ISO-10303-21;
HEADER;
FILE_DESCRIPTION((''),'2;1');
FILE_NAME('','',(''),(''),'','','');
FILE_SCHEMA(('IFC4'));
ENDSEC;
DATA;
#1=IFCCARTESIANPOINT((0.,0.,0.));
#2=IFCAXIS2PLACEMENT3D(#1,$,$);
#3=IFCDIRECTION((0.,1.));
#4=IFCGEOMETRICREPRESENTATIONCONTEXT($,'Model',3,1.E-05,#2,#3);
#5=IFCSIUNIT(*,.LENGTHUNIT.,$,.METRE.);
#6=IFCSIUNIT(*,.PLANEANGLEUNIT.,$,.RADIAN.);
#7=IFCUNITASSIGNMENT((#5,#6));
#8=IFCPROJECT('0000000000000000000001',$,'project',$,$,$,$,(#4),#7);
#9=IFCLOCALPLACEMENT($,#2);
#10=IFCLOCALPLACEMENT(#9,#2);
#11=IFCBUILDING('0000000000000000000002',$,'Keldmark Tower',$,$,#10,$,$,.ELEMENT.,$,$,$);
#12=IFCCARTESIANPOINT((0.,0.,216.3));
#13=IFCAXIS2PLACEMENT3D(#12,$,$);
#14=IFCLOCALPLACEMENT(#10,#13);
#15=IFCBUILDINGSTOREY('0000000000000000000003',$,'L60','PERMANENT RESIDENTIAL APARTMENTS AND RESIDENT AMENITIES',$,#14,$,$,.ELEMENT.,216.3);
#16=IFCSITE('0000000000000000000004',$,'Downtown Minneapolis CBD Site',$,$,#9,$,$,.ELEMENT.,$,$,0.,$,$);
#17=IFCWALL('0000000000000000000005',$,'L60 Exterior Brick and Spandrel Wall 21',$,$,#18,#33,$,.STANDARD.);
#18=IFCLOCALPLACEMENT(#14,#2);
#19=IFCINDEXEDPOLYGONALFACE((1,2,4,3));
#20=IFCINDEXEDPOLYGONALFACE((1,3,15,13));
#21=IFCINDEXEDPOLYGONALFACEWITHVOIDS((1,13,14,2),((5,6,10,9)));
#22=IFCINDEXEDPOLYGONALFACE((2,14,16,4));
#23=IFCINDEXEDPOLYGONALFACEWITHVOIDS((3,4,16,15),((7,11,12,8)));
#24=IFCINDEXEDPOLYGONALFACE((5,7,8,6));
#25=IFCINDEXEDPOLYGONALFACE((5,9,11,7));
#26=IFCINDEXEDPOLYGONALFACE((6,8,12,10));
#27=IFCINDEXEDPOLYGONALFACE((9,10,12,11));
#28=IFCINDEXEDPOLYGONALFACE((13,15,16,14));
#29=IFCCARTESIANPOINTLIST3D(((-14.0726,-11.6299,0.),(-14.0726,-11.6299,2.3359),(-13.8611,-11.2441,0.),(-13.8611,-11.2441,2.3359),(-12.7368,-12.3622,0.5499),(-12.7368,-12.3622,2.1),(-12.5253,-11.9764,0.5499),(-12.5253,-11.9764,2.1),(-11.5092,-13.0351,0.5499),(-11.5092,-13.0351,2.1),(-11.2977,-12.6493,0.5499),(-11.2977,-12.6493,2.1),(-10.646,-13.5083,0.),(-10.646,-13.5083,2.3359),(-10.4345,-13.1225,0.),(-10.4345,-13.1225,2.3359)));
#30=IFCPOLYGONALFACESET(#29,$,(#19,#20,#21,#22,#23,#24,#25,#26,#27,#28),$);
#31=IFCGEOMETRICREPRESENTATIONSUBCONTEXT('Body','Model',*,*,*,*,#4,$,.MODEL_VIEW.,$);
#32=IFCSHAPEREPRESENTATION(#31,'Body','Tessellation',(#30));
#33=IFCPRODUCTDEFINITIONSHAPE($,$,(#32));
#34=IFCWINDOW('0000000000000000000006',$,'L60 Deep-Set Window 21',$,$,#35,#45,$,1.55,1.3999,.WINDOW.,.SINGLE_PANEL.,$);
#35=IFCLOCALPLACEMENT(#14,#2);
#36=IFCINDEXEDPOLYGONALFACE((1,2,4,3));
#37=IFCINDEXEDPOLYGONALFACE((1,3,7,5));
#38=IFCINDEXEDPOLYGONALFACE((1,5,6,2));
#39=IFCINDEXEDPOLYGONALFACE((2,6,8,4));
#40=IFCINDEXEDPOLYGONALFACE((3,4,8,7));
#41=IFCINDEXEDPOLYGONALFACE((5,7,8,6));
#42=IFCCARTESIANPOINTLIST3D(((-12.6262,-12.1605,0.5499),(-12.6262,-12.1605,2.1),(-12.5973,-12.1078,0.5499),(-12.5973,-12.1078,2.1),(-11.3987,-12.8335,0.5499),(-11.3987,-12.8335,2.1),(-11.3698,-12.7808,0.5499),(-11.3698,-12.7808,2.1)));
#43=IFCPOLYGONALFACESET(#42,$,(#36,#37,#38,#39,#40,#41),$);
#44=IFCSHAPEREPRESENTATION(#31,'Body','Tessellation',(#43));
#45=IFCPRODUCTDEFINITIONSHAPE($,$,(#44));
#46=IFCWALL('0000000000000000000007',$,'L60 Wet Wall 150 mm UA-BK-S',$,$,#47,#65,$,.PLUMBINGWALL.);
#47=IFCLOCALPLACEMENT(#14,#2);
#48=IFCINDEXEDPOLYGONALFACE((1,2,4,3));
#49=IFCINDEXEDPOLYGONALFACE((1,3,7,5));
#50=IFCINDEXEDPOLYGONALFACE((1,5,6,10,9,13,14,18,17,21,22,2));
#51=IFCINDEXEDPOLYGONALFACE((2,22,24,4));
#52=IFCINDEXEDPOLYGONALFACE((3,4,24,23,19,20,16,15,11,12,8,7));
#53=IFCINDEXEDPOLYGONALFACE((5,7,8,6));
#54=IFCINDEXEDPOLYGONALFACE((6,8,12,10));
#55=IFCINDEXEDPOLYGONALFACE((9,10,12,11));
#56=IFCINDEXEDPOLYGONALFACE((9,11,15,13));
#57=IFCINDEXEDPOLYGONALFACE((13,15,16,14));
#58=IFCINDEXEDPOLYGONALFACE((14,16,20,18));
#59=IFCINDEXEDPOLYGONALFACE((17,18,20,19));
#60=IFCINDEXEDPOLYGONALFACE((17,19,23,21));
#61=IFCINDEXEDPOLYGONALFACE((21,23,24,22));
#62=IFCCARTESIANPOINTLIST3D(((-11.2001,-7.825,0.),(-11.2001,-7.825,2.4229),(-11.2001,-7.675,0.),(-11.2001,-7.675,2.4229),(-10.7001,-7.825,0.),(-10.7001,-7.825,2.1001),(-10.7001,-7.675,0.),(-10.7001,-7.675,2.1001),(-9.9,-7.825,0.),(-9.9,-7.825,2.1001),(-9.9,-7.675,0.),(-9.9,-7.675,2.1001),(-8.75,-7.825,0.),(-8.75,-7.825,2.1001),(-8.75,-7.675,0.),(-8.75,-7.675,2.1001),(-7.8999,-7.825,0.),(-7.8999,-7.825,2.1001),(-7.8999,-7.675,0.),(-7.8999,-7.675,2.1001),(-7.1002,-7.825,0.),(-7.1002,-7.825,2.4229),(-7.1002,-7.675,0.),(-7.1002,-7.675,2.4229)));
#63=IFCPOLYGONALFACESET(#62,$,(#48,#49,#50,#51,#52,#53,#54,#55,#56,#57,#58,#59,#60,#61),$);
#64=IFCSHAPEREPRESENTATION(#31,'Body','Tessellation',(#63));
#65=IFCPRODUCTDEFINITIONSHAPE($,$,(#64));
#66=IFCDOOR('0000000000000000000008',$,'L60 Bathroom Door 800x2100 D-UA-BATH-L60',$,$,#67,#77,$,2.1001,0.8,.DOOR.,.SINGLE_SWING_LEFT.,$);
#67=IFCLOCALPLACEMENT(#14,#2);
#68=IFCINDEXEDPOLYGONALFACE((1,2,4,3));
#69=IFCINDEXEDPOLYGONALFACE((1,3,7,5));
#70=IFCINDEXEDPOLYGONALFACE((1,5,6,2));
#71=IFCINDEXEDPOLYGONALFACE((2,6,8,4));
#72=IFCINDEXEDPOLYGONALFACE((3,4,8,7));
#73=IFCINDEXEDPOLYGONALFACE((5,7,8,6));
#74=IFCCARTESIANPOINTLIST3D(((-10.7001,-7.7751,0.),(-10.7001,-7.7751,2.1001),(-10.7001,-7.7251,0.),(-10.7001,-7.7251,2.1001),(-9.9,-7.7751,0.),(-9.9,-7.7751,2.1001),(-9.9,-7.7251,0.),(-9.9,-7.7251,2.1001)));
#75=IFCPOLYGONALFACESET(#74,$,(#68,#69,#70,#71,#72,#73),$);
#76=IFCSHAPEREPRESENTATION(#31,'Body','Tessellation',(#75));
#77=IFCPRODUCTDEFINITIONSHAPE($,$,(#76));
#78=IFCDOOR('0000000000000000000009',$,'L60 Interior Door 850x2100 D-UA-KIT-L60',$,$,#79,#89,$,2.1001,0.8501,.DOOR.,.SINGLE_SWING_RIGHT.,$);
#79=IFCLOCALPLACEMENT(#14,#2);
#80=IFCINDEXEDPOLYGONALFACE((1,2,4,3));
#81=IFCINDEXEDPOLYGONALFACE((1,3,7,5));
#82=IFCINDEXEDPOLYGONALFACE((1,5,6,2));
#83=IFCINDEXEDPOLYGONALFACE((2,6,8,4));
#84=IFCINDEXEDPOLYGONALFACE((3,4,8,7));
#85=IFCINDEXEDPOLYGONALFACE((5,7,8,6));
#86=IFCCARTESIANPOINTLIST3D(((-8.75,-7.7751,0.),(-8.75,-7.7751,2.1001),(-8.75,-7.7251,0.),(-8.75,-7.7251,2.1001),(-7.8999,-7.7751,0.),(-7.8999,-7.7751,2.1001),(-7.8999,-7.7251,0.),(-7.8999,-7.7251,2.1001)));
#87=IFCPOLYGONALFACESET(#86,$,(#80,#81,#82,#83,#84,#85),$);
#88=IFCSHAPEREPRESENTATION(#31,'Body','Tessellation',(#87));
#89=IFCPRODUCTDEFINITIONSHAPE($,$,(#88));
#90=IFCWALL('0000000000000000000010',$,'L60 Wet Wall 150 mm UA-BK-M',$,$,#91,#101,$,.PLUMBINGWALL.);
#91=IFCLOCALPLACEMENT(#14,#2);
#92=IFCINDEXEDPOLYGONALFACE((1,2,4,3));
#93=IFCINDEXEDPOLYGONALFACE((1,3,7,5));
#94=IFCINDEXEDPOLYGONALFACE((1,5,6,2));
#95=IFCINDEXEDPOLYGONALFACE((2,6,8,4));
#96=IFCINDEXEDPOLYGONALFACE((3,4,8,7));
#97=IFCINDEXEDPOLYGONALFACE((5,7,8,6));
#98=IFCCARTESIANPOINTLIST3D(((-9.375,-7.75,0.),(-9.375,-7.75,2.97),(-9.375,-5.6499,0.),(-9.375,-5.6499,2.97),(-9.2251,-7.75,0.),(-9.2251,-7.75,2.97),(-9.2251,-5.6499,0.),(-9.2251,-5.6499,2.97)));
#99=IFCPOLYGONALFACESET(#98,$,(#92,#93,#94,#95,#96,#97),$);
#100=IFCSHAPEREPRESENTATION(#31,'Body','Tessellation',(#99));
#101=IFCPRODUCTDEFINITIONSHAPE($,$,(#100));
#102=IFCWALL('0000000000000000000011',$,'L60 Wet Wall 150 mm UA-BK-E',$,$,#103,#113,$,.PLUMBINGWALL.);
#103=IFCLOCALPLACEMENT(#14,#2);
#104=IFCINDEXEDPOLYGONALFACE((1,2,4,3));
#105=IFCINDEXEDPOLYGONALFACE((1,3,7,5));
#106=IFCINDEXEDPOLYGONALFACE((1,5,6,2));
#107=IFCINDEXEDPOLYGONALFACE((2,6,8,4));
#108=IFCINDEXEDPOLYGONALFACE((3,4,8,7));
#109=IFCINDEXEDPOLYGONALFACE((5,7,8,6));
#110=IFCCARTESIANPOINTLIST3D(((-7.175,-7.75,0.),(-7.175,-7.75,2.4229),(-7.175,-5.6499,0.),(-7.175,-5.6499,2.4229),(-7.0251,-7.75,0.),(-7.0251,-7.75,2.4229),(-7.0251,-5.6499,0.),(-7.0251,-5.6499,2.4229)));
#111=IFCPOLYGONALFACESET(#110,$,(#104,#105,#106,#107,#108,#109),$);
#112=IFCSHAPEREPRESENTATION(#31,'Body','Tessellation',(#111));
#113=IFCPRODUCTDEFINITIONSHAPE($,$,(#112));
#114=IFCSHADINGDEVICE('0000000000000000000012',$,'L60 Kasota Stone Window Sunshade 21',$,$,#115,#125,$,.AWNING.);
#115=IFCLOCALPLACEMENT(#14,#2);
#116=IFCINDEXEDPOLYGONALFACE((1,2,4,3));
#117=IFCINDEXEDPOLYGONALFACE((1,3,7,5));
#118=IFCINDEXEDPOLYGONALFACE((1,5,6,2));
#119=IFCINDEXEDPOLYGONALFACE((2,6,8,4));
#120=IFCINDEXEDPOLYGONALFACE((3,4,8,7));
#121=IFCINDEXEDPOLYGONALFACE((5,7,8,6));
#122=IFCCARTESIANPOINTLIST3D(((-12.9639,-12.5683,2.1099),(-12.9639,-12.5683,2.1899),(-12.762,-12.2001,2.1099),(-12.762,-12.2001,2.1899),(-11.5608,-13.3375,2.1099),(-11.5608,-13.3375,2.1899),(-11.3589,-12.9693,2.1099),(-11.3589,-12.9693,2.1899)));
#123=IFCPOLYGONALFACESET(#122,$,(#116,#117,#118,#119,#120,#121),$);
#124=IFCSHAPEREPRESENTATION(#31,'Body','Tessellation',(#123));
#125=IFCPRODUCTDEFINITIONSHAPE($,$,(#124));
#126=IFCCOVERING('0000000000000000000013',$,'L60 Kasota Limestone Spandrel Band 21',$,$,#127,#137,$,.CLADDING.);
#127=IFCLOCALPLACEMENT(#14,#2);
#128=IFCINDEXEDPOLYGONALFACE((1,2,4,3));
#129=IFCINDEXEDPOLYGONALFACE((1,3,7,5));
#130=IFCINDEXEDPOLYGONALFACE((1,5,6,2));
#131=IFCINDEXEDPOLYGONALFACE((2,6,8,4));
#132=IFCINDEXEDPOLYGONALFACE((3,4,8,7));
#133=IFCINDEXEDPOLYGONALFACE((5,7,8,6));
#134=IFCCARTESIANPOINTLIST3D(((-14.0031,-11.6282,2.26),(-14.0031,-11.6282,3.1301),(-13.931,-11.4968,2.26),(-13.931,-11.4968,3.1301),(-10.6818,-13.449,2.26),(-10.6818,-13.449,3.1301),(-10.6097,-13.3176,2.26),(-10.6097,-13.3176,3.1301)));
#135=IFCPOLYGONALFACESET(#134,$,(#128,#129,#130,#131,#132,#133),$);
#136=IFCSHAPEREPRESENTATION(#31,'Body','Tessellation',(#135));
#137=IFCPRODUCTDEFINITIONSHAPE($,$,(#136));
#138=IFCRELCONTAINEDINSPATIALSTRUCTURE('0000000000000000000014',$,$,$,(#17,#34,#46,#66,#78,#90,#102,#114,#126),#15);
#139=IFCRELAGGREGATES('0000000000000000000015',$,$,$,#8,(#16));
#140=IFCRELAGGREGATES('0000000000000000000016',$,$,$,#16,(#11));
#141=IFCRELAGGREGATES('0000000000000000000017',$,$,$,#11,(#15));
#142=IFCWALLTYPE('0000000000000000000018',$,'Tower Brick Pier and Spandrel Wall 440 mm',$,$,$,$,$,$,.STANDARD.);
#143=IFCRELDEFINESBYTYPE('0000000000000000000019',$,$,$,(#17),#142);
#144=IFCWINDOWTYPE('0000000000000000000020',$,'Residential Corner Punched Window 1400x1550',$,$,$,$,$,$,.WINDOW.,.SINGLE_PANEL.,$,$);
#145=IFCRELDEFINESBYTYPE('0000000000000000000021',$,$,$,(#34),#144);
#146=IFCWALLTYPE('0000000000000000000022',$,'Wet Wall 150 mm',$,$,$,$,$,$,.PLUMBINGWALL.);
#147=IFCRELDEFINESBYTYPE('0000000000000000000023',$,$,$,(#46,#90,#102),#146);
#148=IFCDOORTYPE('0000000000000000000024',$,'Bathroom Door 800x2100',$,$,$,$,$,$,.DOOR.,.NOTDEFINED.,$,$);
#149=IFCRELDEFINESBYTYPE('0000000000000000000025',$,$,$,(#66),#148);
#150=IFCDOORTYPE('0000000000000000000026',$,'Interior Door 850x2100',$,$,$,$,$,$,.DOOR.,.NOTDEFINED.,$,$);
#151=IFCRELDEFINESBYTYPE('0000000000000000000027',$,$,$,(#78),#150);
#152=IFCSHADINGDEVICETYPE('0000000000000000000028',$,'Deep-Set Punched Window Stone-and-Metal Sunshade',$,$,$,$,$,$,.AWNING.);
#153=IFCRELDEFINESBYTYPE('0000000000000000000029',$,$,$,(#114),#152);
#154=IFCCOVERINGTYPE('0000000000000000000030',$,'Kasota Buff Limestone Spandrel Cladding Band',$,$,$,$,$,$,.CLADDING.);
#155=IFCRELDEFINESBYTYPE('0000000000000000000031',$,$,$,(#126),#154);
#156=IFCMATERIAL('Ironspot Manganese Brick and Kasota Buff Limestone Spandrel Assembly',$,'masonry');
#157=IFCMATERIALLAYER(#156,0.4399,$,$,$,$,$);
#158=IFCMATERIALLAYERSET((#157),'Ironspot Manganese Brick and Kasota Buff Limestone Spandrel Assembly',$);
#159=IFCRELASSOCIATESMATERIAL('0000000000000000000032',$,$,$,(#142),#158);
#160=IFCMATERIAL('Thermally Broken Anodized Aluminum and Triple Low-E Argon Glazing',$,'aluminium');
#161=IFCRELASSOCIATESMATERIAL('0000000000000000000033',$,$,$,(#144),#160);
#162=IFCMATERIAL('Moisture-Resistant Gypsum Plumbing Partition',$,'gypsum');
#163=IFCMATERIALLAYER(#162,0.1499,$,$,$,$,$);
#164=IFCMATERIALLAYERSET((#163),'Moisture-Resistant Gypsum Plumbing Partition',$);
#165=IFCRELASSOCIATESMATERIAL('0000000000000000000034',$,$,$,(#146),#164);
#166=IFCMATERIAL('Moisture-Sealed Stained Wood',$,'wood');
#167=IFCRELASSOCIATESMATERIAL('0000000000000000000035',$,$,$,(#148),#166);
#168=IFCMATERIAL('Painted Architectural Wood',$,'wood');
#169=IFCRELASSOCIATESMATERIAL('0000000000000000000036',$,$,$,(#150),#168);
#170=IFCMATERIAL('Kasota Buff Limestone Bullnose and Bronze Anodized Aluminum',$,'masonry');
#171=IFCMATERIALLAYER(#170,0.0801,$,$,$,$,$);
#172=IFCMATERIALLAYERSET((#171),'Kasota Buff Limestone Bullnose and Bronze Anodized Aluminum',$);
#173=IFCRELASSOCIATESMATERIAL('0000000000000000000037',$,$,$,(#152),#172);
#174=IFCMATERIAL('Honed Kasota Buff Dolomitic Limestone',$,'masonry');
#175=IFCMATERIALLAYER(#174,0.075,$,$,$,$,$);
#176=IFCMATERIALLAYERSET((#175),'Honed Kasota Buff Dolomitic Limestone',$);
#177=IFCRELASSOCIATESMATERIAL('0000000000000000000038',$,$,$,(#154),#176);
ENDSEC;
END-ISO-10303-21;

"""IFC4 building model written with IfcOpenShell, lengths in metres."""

from ifc_helpers import new_model, si_unit, direction, frame, frame_2d, origin, origin_2d, place, context, subcontext, project, spatial, rectangle, extrude, material, layer, layer_set, type_object, element, fill, save


model = new_model("IFC4")

# Units and contexts
model_context = context("Model", 3, precision=1e-05, world=origin(), true_north=direction((0.0, 1.0)))
body_context = subcontext(model_context, "Body", "Model", "MODEL_VIEW")
ifc_project = project(units=[si_unit("LENGTHUNIT", "METRE"), si_unit("PLANEANGLEUNIT", "RADIAN")], contexts=[model_context])

# Site, building, storey
site_placement = place(None, origin())
site = spatial("IfcSite", under=ifc_project, at=site_placement, Name="Downtown Minneapolis CBD Site", CompositionType="ELEMENT", RefElevation=0.0)
building_placement = place(site_placement, origin())
building = spatial("IfcBuilding", under=site, at=building_placement, Name="Keldmark Tower", CompositionType="ELEMENT")
storey_placement = place(building_placement, frame((0.0, 0.0, 216.3)))
storey = spatial("IfcBuildingStorey", under=building, at=storey_placement, Name="L60", Description="PERMANENT RESIDENTIAL APARTMENTS AND RESIDENT AMENITIES", CompositionType="ELEMENT", Elevation=216.3)

# Wall, opening, window
ifc_material_1 = material(Name="Ironspot Manganese Brick and Kasota Buff Limestone Spandrel Assembly", Category="masonry")
ifc_layer_1 = layer(ifc_material_1, 0.4399)
ifc_layer_set_1 = layer_set([ifc_layer_1], Name="Ironspot Manganese Brick and Kasota Buff Limestone Spandrel Assembly")
wall_type_1 = type_object("IfcWallType", Name="Tower Brick Pier and Spandrel Wall 440 mm", PredefinedType="STANDARD", material=ifc_layer_set_1)
wall_1_placement = place(storey_placement, frame((-10.5403, -13.3154, 0.0), z_axis=(0.0, 0.0, 1.0), x_axis=(-0.876881, 0.480707, 0.0)))
wall_1 = element("IfcWall", 1, at=wall_1_placement, inside=storey, type_object=wall_type_1, Name="L60 Exterior Brick and Spandrel Wall 21", PredefinedType="STANDARD", context=body_context, shape_type="SweptSolid", body=[
    extrude(rectangle(XDim=3.9077, YDim=0.4399, at=frame_2d((1.9539, 0.0))), origin(), (0.0, 0.0, 1.0), 2.3359),
])
opening_1_placement = place(wall_1_placement, frame((0.9844, 0.0, 0.55)))
opening_1 = element("IfcOpeningElement", 2, at=opening_1_placement, cuts=wall_1, PredefinedType="OPENING", context=body_context, shape_type="SweptSolid", body=[
    extrude(rectangle(XDim=1.3999, YDim=1.55, at=frame_2d((0.7, 0.7749))), frame((0.0, 0.23, 0.0), z_axis=(0.0, -1.0, 0.0), x_axis=(1.0, 0.0, 0.0)), (0.0, 0.0, 1.0), 0.46),
])
ifc_material_2 = material(Name="Thermally Broken Anodized Aluminum and Triple Low-E Argon Glazing", Category="aluminium")
window_type = type_object("IfcWindowType", Name="Residential Corner Punched Window 1400x1550", PartitioningType="SINGLE_PANEL", PredefinedType="WINDOW", material=ifc_material_2)
window_placement = place(opening_1_placement, origin())
window = element("IfcWindow", 3, at=window_placement, inside=storey, type_object=window_type, Name="L60 Deep-Set Window 21", OverallHeight=1.55, OverallWidth=1.3999, PartitioningType="SINGLE_PANEL", PredefinedType="WINDOW", context=body_context, shape_type="SweptSolid", body=[
    extrude(rectangle(XDim=1.3999, YDim=1.55, at=frame_2d((0.7, 0.7749))), frame((0.0, -0.01, 0.0), z_axis=(0.0, -1.0, 0.0), x_axis=(1.0, 0.0, 0.0)), (0.0, 0.0, 1.0), 0.0601),
])
fill(opening_1, window)

# Wall, openings, doors
ifc_material_3 = material(Name="Moisture-Resistant Gypsum Plumbing Partition", Category="gypsum")
ifc_layer_2 = layer(ifc_material_3, 0.1499)
ifc_layer_set_2 = layer_set([ifc_layer_2], Name="Moisture-Resistant Gypsum Plumbing Partition")
wall_type_2 = type_object("IfcWallType", Name="Wet Wall 150 mm", PredefinedType="PLUMBINGWALL", material=ifc_layer_set_2)
wall_2_placement = place(storey_placement, frame((-11.2, -7.75, 0.0), z_axis=(0.0, 0.0, 1.0), x_axis=(1.0, 0.0, 0.0)))
wall_2 = element("IfcWall", 4, at=wall_2_placement, inside=storey, type_object=wall_type_2, Name="L60 Wet Wall 150 mm UA-BK-S", PredefinedType="PLUMBINGWALL", context=body_context, shape_type="SweptSolid", body=[
    extrude(rectangle(XDim=4.0999, YDim=0.1499, at=frame_2d((2.0498, 0.0))), origin(), (0.0, 0.0, 1.0), 2.4229),
])
opening_2_placement = place(wall_2_placement, frame((0.5, 0.0, 0.0)))
opening_2 = element("IfcOpeningElement", 5, at=opening_2_placement, cuts=wall_2, PredefinedType="OPENING", context=body_context, shape_type="SweptSolid", body=[
    extrude(rectangle(XDim=0.8, YDim=2.1001, at=frame_2d((0.3999, 1.05))), frame((0.0, 0.085, 0.0), z_axis=(0.0, -1.0, 0.0), x_axis=(1.0, 0.0, 0.0)), (0.0, 0.0, 1.0), 0.1699),
])
opening_3_placement = place(wall_2_placement, frame((2.45, 0.0, 0.0)))
opening_3 = element("IfcOpeningElement", 6, at=opening_3_placement, cuts=wall_2, PredefinedType="OPENING", context=body_context, shape_type="SweptSolid", body=[
    extrude(rectangle(XDim=0.8501, YDim=2.1001, at=frame_2d((0.425, 1.05))), frame((0.0, 0.085, 0.0), z_axis=(0.0, -1.0, 0.0), x_axis=(1.0, 0.0, 0.0)), (0.0, 0.0, 1.0), 0.1699),
])
ifc_material_4 = material(Name="Moisture-Sealed Stained Wood", Category="wood")
door_type_1 = type_object("IfcDoorType", Name="Bathroom Door 800x2100", OperationType="NOTDEFINED", PredefinedType="DOOR", material=ifc_material_4)
door_1_placement = place(opening_2_placement, origin())
door_1 = element("IfcDoor", 7, at=door_1_placement, inside=storey, type_object=door_type_1, Name="L60 Bathroom Door 800x2100 D-UA-BATH-L60", OperationType="SINGLE_SWING_LEFT", OverallHeight=2.1001, OverallWidth=0.8, PredefinedType="DOOR", context=body_context, shape_type="SweptSolid", body=[
    extrude(rectangle(XDim=0.8, YDim=2.1001, at=frame_2d((0.3999, 1.05))), frame((0.0, 0.0249, 0.0), z_axis=(0.0, -1.0, 0.0), x_axis=(1.0, 0.0, 0.0)), (0.0, 0.0, 1.0), 0.05),
])
fill(opening_2, door_1)
ifc_material_5 = material(Name="Painted Architectural Wood", Category="wood")
door_type_2 = type_object("IfcDoorType", Name="Interior Door 850x2100", OperationType="NOTDEFINED", PredefinedType="DOOR", material=ifc_material_5)
door_2_placement = place(opening_3_placement, origin())
door_2 = element("IfcDoor", 8, at=door_2_placement, inside=storey, type_object=door_type_2, Name="L60 Interior Door 850x2100 D-UA-KIT-L60", OperationType="SINGLE_SWING_RIGHT", OverallHeight=2.1001, OverallWidth=0.8501, PredefinedType="DOOR", context=body_context, shape_type="SweptSolid", body=[
    extrude(rectangle(XDim=0.8501, YDim=2.1001, at=frame_2d((0.425, 1.05))), frame((0.0, 0.0249, 0.0), z_axis=(0.0, -1.0, 0.0), x_axis=(1.0, 0.0, 0.0)), (0.0, 0.0, 1.0), 0.05),
])
fill(opening_3, door_2)

# Walls
wall_3_placement = place(storey_placement, frame((-9.3, -7.75, 0.0), z_axis=(0.0, 0.0, 1.0), x_axis=(0.0, 1.0, 0.0)))
element("IfcWall", 9, at=wall_3_placement, inside=storey, type_object=wall_type_2, Name="L60 Wet Wall 150 mm UA-BK-M", PredefinedType="PLUMBINGWALL", context=body_context, shape_type="SweptSolid", body=[
    extrude(rectangle(XDim=2.1001, YDim=0.1499, at=frame_2d((1.05, 0.0))), origin(), (0.0, 0.0, 1.0), 2.97),
])
wall_4_placement = place(storey_placement, frame((-7.1001, -7.75, 0.0), z_axis=(0.0, 0.0, 1.0), x_axis=(0.0, 1.0, 0.0)))
element("IfcWall", 10, at=wall_4_placement, inside=storey, type_object=wall_type_2, Name="L60 Wet Wall 150 mm UA-BK-E", PredefinedType="PLUMBINGWALL", context=body_context, shape_type="SweptSolid", body=[
    extrude(rectangle(XDim=2.1001, YDim=0.1499, at=frame_2d((1.05, 0.0))), origin(), (0.0, 0.0, 1.0), 2.4229),
])

# Shading device
ifc_material_6 = material(Name="Kasota Buff Limestone Bullnose and Bronze Anodized Aluminum", Category="masonry")
ifc_layer_3 = layer(ifc_material_6, 0.0801)
ifc_layer_set_3 = layer_set([ifc_layer_3], Name="Kasota Buff Limestone Bullnose and Bronze Anodized Aluminum")
shading_device_type = type_object("IfcShadingDeviceType", Name="Deep-Set Punched Window Stone-and-Metal Sunshade", PredefinedType="AWNING", material=ifc_layer_set_3)
shading_device_placement = place(storey_placement, frame((-12.1614, -12.7688, 2.1099), z_axis=(0.0, 0.0, 1.0), x_axis=(-0.876878, 0.480713, 0.0)))
element("IfcShadingDevice", 11, at=shading_device_placement, inside=storey, type_object=shading_device_type, Name="L60 Kasota Stone Window Sunshade 21", PredefinedType="AWNING", context=body_context, shape_type="SweptSolid", body=[
    extrude(rectangle(XDim=1.6001, YDim=0.4199, at=origin_2d()), origin(), (0.0, 0.0, 1.0), 0.0801),
])

# Covering
ifc_material_7 = material(Name="Honed Kasota Buff Dolomitic Limestone", Category="masonry")
ifc_layer_4 = layer(ifc_material_7, 0.075)
ifc_layer_set_4 = layer_set([ifc_layer_4], Name="Honed Kasota Buff Dolomitic Limestone")
covering_type = type_object("IfcCoveringType", Name="Kasota Buff Limestone Spandrel Cladding Band", PredefinedType="CLADDING", material=ifc_layer_set_4)
covering_placement = place(storey_placement, frame((-12.3064, -12.4729, 2.26), z_axis=(0.0, 0.0, 1.0), x_axis=(0.876878, -0.480713, 0.0)))
element("IfcCovering", 12, at=covering_placement, inside=storey, type_object=covering_type, Name="L60 Kasota Limestone Spandrel Band 21", PredefinedType="CLADDING", context=body_context, shape_type="SweptSolid", body=[
    extrude(rectangle(XDim=3.7876, YDim=0.1499, at=origin_2d()), origin(), (0.0, 0.0, 1.0), 0.8701),
])

save(model, "model.ifc")
